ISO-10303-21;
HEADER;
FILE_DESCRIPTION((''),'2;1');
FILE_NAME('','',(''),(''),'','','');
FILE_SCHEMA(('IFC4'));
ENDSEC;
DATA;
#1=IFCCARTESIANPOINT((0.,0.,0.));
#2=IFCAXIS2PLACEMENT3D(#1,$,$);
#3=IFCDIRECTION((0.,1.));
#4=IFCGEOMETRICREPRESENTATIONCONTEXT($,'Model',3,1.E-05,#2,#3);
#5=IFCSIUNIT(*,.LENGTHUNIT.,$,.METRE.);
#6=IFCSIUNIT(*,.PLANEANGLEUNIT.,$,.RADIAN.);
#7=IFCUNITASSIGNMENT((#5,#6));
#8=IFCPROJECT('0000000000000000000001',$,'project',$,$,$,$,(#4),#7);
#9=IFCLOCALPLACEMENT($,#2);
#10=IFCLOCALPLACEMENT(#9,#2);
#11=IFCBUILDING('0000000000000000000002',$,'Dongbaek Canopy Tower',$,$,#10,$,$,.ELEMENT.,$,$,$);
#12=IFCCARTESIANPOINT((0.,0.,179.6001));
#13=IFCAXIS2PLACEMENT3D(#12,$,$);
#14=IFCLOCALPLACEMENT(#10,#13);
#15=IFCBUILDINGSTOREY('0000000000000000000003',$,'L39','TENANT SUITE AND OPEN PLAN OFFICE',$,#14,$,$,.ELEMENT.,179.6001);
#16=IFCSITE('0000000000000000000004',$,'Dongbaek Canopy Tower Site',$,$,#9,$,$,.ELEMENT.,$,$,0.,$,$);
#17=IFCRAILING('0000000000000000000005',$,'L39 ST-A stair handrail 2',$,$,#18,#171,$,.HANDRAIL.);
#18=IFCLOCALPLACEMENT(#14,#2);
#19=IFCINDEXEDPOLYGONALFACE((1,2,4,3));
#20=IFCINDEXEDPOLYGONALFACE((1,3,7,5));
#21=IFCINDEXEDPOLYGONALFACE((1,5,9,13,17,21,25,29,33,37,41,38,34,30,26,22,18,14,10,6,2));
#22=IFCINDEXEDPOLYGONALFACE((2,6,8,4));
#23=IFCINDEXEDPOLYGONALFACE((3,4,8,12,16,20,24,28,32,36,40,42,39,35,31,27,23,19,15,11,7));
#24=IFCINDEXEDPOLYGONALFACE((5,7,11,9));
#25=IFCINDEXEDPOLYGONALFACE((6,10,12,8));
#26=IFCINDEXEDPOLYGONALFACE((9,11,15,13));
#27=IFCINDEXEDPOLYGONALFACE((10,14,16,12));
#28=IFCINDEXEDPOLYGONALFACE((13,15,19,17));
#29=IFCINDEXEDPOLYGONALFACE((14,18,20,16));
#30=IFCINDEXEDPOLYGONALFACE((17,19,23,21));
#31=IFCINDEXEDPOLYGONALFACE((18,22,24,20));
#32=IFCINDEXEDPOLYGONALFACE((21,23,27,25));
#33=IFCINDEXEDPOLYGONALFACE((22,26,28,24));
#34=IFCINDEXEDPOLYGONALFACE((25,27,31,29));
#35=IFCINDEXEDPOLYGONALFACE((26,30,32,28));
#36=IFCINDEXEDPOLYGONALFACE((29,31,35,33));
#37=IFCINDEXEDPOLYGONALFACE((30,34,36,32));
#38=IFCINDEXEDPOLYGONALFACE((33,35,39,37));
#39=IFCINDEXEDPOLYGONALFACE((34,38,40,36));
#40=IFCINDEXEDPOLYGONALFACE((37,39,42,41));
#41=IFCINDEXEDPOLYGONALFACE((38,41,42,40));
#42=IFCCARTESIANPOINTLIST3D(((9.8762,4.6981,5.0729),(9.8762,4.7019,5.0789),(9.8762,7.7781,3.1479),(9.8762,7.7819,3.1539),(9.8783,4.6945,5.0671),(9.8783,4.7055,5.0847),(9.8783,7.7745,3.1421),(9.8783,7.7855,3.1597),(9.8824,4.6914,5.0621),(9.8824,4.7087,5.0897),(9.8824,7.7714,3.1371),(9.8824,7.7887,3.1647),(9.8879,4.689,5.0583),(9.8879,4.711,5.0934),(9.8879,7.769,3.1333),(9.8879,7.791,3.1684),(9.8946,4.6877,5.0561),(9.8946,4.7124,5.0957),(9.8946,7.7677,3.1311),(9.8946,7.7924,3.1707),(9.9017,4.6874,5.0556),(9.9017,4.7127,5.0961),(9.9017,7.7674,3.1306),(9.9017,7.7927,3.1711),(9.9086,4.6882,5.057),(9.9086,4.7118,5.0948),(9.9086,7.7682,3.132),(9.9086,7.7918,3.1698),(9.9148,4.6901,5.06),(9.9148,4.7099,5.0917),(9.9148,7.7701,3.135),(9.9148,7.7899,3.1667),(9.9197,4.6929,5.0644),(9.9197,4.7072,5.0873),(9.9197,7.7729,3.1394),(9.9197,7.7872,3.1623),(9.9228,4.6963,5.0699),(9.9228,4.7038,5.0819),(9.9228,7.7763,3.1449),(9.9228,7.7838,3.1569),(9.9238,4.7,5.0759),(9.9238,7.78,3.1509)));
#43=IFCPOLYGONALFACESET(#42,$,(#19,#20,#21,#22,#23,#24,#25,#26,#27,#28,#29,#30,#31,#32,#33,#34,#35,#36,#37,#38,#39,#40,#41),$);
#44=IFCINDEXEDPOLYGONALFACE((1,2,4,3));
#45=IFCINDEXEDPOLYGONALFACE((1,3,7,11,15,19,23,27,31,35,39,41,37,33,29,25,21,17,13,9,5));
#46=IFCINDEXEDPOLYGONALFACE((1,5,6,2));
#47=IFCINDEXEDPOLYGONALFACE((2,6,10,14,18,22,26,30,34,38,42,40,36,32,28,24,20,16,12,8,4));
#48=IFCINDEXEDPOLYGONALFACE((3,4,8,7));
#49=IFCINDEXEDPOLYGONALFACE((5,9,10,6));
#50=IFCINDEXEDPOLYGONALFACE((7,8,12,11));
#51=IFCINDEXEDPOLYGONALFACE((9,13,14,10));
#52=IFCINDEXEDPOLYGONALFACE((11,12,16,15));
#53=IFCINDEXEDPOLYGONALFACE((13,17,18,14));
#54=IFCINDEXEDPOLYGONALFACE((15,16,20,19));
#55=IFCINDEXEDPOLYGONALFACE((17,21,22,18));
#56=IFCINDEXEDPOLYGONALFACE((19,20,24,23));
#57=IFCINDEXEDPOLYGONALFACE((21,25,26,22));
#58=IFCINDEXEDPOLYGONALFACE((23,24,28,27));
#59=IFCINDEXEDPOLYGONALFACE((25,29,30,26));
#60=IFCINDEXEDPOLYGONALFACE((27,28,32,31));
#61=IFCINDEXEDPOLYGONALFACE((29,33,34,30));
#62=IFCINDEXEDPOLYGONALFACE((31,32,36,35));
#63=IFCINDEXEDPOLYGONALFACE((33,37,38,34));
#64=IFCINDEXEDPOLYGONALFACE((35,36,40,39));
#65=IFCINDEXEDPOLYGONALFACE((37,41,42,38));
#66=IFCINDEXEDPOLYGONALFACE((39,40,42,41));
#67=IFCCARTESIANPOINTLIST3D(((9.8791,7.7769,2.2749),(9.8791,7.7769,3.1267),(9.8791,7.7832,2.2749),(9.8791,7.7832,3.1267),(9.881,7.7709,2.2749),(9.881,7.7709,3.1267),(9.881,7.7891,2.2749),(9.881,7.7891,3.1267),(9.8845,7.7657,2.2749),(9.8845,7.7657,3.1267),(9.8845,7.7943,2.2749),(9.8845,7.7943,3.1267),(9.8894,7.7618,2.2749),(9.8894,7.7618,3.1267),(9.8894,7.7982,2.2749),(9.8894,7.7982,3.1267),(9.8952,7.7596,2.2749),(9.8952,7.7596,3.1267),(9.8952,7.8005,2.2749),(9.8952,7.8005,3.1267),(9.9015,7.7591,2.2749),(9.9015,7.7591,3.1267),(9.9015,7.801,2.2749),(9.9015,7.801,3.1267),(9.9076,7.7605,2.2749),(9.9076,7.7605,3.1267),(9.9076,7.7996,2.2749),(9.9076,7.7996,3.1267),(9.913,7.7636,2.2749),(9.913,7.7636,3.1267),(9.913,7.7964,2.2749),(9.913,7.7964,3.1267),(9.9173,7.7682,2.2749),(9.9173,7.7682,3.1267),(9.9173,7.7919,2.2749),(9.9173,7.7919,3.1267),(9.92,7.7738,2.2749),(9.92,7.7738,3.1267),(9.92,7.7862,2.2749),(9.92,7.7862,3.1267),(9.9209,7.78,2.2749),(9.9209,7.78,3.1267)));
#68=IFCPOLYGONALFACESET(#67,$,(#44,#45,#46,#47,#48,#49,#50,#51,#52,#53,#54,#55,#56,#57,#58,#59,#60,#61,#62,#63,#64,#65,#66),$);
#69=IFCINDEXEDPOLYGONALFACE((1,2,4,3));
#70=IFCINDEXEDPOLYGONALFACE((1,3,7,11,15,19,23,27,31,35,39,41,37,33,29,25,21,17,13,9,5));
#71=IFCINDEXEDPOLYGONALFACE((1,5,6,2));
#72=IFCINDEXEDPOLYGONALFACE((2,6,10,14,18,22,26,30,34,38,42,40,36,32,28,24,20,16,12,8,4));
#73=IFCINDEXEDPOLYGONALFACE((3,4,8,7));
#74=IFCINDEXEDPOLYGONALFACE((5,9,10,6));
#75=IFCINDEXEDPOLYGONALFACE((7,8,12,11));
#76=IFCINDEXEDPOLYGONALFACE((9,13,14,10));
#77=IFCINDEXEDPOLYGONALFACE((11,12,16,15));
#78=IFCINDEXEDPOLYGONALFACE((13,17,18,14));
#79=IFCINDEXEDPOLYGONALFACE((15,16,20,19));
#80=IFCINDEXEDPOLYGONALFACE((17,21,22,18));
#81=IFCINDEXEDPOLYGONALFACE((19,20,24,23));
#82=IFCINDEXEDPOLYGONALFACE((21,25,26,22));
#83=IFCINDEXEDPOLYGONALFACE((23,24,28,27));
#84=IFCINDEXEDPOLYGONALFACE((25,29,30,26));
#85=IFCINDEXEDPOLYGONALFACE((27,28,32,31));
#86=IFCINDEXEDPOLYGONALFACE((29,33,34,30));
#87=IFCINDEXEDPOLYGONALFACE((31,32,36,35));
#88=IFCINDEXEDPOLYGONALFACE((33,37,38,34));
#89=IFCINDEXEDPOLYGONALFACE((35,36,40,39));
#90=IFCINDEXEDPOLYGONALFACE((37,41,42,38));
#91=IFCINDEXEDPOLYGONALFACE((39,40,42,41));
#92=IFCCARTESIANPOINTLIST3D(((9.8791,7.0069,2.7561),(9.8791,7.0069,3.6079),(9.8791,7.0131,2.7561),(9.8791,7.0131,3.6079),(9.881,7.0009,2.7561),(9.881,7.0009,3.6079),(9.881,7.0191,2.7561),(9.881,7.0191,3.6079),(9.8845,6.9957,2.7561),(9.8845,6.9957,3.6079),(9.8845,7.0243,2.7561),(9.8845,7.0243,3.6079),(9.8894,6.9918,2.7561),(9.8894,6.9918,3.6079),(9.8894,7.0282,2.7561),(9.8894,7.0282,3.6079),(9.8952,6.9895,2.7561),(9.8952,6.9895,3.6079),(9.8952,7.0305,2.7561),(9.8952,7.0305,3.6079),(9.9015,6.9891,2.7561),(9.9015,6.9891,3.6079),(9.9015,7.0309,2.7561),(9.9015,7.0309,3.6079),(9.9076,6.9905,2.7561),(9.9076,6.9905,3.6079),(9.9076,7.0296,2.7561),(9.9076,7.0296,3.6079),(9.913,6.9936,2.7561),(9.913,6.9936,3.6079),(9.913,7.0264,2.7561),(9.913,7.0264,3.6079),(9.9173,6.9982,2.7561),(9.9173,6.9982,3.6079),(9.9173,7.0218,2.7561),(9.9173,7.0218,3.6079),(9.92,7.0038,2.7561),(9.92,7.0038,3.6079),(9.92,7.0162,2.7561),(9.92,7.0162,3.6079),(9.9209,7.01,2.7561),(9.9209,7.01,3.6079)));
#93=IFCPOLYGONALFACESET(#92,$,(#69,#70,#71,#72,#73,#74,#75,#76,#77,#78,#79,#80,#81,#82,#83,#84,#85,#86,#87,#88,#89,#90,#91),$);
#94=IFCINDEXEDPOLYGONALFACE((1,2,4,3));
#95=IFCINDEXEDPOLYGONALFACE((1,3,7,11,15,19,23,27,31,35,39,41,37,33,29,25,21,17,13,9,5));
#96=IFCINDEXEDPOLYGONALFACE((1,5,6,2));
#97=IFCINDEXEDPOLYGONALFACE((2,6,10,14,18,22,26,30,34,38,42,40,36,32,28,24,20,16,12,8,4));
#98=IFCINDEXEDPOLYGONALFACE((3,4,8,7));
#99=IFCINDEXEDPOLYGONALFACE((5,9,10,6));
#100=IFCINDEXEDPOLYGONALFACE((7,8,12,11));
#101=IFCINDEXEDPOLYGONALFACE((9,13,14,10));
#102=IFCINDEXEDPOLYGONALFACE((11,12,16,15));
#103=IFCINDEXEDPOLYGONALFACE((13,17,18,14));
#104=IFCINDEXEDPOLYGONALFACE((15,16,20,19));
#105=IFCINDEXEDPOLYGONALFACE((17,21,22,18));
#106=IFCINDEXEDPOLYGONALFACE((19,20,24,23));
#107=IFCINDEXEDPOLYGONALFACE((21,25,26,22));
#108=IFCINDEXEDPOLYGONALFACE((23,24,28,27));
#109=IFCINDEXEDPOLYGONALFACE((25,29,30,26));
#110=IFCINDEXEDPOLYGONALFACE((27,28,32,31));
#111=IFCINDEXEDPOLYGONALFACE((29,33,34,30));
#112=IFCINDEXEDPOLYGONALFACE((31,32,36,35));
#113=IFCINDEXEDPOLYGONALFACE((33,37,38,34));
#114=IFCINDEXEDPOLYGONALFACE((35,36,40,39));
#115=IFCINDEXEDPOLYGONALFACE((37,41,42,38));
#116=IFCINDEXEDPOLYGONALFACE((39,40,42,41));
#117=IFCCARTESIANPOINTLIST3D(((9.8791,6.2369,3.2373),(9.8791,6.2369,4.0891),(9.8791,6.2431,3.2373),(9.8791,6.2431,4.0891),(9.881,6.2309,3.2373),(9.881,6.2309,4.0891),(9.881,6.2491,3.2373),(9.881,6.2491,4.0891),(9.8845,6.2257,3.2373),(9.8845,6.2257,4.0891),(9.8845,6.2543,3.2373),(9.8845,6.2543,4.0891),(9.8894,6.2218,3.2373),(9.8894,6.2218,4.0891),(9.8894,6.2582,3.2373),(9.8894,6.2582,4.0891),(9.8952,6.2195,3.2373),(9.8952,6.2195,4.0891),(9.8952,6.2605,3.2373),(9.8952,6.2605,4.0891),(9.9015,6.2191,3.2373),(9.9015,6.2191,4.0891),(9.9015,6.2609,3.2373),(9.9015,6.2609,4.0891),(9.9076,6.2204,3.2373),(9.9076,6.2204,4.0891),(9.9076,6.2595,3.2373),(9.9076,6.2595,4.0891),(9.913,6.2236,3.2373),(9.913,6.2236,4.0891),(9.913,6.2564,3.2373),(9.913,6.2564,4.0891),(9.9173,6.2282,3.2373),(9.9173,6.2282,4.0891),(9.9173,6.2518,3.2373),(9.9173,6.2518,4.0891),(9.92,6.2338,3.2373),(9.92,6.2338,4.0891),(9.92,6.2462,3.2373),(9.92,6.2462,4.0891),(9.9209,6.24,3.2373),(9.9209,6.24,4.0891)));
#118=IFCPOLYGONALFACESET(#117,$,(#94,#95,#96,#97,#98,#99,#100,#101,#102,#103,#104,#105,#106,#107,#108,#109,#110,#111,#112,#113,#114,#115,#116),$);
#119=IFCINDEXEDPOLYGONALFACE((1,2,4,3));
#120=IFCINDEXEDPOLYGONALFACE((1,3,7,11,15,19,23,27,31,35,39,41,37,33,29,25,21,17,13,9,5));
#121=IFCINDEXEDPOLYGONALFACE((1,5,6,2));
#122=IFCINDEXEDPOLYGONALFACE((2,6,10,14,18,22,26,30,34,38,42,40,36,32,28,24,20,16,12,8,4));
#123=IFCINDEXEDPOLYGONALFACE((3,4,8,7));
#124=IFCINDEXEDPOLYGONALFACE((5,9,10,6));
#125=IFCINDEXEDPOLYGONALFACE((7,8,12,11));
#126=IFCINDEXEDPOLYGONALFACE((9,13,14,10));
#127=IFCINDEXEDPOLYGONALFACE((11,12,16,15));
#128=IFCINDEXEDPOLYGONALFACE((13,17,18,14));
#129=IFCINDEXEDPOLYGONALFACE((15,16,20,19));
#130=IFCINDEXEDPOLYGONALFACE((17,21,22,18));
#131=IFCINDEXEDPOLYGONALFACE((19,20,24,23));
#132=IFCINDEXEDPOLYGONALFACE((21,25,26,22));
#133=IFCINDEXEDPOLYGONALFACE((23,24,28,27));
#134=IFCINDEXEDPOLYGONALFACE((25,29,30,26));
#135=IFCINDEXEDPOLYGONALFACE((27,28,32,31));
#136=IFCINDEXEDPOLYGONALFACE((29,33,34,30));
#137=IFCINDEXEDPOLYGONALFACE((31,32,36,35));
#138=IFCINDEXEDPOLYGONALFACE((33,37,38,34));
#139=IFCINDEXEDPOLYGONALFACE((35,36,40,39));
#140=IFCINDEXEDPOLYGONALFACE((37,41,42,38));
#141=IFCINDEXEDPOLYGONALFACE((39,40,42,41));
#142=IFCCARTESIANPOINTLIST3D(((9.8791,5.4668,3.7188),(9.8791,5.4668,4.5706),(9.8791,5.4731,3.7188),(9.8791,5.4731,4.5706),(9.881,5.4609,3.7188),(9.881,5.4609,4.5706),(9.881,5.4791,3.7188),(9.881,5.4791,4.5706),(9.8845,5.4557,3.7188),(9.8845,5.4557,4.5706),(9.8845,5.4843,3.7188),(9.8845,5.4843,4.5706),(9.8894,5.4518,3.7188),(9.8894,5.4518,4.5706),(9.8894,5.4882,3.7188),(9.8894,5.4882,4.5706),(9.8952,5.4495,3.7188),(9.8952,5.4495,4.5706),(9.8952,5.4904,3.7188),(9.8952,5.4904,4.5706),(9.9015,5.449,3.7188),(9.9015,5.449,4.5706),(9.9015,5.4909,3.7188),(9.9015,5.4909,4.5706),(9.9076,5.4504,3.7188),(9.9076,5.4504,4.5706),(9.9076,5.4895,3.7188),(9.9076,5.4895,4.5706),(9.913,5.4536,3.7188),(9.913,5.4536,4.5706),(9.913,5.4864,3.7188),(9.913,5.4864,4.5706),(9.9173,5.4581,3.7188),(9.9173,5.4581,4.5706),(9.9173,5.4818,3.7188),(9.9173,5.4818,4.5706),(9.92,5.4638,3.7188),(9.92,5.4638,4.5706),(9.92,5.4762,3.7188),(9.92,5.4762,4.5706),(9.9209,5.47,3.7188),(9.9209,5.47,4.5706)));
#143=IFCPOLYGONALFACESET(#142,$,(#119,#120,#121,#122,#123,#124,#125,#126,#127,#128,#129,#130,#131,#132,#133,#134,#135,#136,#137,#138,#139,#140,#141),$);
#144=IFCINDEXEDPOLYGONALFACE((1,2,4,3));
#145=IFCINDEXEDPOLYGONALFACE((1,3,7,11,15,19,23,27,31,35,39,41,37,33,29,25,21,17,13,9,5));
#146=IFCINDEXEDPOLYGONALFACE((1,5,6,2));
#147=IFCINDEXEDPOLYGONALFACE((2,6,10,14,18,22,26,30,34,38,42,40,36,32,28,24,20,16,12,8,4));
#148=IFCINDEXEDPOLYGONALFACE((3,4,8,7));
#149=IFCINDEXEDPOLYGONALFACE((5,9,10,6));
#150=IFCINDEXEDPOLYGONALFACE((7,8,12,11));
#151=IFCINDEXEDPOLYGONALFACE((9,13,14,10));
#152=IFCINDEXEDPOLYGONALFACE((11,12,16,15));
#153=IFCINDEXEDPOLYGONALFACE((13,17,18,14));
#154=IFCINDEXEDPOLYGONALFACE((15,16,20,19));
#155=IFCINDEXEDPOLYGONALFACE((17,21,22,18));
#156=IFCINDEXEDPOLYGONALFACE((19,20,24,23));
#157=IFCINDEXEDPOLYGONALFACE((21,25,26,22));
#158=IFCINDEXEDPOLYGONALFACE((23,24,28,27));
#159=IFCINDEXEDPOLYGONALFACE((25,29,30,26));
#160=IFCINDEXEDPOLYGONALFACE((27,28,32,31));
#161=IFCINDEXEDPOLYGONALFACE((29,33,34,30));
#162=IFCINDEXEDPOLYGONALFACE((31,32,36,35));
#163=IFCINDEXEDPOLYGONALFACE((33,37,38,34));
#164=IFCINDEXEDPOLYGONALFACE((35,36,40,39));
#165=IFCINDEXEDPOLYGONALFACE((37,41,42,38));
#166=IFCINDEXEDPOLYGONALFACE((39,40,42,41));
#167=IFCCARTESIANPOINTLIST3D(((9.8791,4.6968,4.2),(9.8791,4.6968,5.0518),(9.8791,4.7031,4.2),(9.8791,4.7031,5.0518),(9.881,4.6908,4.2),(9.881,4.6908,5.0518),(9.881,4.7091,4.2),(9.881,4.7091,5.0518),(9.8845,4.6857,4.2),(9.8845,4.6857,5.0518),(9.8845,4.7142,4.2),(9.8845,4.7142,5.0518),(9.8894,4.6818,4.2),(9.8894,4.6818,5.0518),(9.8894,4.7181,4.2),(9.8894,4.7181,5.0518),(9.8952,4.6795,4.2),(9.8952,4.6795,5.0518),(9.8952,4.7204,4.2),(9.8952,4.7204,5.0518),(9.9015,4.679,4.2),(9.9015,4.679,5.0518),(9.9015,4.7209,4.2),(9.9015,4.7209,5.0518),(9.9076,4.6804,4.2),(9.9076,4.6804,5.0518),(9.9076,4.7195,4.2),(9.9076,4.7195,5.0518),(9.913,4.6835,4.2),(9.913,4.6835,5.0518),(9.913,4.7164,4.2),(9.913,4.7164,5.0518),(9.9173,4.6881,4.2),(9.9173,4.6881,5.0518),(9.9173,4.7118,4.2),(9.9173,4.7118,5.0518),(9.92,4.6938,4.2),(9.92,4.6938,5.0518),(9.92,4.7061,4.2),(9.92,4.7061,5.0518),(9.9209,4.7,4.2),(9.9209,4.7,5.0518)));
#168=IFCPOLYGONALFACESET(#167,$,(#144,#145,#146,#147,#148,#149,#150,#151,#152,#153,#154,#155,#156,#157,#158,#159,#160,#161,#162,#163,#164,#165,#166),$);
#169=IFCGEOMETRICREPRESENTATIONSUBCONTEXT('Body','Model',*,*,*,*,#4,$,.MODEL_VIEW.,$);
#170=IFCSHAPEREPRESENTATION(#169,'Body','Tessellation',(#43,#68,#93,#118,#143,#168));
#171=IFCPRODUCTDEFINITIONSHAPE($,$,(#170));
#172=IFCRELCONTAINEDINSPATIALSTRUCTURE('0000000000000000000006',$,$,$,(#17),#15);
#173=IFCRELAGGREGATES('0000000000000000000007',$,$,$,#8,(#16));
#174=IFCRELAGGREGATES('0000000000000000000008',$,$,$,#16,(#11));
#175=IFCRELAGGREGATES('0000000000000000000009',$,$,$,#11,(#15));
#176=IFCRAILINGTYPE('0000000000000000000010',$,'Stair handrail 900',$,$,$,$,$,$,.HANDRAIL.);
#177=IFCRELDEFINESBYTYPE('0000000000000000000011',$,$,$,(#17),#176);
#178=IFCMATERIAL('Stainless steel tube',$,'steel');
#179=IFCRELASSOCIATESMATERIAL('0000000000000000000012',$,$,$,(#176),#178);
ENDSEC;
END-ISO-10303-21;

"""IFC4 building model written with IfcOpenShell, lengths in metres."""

from ifc_helpers import new_model, si_unit, direction, frame, origin, origin_2d, place, context, subcontext, project, spatial, circle, extrude, material, type_object, element, save


model = new_model("IFC4")

# Units and contexts
model_context = context("Model", 3, precision=1e-05, world=origin(), true_north=direction((0.0, 1.0)))
body_context = subcontext(model_context, "Body", "Model", "MODEL_VIEW")
ifc_project = project(units=[si_unit("LENGTHUNIT", "METRE"), si_unit("PLANEANGLEUNIT", "RADIAN")], contexts=[model_context])

# Site, building, storey
site_placement = place(None, origin())
site = spatial("IfcSite", under=ifc_project, at=site_placement, Name="Dongbaek Canopy Tower Site", CompositionType="ELEMENT", RefElevation=0.0)
building_placement = place(site_placement, origin())
building = spatial("IfcBuilding", under=site, at=building_placement, Name="Dongbaek Canopy Tower", CompositionType="ELEMENT")
storey_placement = place(building_placement, frame((0.0, 0.0, 179.6001)))
storey = spatial("IfcBuildingStorey", under=building, at=storey_placement, Name="L39", Description="TENANT SUITE AND OPEN PLAN OFFICE", CompositionType="ELEMENT", Elevation=179.6001)

# Railing
ifc_material_1 = material(Name="Stainless steel tube", Category="steel")
railing_type_1 = type_object("IfcRailingType", Name="Stair handrail 900", PredefinedType="HANDRAIL", material=ifc_material_1)
railing_1_placement = place(storey_placement, frame((9.8999, 7.78, 2.2749)))
element("IfcRailing", 1, at=railing_1_placement, inside=storey, type_object=railing_type_1, Name="L39 ST-A stair handrail 2", PredefinedType="HANDRAIL", context=body_context, shape_type="SweptSolid", body=[
    extrude(circle(Radius=0.0239, at=origin_2d()), frame((0.0, 0.0, 0.876), z_axis=(0.0, -0.847998, 0.529999), x_axis=(1.0, 0.0, 0.0)), (0.0, 0.0, 1.0), 3.6321),
    extrude(circle(Radius=0.021, at=origin_2d()), origin(), (0.0, 0.0, 1.0), 0.8518),
    extrude(circle(Radius=0.021, at=origin_2d()), frame((0.0, -0.77, 0.4812)), (0.0, 0.0, 1.0), 0.8518),
    extrude(circle(Radius=0.021, at=origin_2d()), frame((0.0, -1.54, 0.9624)), (0.0, 0.0, 1.0), 0.8518),
    extrude(circle(Radius=0.021, at=origin_2d()), frame((0.0, -2.3101, 1.4438)), (0.0, 0.0, 1.0), 0.8518),
    extrude(circle(Radius=0.021, at=origin_2d()), frame((0.0, -3.0801, 1.925)), (0.0, 0.0, 1.0), 0.8518),
])

save(model, "model.ifc")
